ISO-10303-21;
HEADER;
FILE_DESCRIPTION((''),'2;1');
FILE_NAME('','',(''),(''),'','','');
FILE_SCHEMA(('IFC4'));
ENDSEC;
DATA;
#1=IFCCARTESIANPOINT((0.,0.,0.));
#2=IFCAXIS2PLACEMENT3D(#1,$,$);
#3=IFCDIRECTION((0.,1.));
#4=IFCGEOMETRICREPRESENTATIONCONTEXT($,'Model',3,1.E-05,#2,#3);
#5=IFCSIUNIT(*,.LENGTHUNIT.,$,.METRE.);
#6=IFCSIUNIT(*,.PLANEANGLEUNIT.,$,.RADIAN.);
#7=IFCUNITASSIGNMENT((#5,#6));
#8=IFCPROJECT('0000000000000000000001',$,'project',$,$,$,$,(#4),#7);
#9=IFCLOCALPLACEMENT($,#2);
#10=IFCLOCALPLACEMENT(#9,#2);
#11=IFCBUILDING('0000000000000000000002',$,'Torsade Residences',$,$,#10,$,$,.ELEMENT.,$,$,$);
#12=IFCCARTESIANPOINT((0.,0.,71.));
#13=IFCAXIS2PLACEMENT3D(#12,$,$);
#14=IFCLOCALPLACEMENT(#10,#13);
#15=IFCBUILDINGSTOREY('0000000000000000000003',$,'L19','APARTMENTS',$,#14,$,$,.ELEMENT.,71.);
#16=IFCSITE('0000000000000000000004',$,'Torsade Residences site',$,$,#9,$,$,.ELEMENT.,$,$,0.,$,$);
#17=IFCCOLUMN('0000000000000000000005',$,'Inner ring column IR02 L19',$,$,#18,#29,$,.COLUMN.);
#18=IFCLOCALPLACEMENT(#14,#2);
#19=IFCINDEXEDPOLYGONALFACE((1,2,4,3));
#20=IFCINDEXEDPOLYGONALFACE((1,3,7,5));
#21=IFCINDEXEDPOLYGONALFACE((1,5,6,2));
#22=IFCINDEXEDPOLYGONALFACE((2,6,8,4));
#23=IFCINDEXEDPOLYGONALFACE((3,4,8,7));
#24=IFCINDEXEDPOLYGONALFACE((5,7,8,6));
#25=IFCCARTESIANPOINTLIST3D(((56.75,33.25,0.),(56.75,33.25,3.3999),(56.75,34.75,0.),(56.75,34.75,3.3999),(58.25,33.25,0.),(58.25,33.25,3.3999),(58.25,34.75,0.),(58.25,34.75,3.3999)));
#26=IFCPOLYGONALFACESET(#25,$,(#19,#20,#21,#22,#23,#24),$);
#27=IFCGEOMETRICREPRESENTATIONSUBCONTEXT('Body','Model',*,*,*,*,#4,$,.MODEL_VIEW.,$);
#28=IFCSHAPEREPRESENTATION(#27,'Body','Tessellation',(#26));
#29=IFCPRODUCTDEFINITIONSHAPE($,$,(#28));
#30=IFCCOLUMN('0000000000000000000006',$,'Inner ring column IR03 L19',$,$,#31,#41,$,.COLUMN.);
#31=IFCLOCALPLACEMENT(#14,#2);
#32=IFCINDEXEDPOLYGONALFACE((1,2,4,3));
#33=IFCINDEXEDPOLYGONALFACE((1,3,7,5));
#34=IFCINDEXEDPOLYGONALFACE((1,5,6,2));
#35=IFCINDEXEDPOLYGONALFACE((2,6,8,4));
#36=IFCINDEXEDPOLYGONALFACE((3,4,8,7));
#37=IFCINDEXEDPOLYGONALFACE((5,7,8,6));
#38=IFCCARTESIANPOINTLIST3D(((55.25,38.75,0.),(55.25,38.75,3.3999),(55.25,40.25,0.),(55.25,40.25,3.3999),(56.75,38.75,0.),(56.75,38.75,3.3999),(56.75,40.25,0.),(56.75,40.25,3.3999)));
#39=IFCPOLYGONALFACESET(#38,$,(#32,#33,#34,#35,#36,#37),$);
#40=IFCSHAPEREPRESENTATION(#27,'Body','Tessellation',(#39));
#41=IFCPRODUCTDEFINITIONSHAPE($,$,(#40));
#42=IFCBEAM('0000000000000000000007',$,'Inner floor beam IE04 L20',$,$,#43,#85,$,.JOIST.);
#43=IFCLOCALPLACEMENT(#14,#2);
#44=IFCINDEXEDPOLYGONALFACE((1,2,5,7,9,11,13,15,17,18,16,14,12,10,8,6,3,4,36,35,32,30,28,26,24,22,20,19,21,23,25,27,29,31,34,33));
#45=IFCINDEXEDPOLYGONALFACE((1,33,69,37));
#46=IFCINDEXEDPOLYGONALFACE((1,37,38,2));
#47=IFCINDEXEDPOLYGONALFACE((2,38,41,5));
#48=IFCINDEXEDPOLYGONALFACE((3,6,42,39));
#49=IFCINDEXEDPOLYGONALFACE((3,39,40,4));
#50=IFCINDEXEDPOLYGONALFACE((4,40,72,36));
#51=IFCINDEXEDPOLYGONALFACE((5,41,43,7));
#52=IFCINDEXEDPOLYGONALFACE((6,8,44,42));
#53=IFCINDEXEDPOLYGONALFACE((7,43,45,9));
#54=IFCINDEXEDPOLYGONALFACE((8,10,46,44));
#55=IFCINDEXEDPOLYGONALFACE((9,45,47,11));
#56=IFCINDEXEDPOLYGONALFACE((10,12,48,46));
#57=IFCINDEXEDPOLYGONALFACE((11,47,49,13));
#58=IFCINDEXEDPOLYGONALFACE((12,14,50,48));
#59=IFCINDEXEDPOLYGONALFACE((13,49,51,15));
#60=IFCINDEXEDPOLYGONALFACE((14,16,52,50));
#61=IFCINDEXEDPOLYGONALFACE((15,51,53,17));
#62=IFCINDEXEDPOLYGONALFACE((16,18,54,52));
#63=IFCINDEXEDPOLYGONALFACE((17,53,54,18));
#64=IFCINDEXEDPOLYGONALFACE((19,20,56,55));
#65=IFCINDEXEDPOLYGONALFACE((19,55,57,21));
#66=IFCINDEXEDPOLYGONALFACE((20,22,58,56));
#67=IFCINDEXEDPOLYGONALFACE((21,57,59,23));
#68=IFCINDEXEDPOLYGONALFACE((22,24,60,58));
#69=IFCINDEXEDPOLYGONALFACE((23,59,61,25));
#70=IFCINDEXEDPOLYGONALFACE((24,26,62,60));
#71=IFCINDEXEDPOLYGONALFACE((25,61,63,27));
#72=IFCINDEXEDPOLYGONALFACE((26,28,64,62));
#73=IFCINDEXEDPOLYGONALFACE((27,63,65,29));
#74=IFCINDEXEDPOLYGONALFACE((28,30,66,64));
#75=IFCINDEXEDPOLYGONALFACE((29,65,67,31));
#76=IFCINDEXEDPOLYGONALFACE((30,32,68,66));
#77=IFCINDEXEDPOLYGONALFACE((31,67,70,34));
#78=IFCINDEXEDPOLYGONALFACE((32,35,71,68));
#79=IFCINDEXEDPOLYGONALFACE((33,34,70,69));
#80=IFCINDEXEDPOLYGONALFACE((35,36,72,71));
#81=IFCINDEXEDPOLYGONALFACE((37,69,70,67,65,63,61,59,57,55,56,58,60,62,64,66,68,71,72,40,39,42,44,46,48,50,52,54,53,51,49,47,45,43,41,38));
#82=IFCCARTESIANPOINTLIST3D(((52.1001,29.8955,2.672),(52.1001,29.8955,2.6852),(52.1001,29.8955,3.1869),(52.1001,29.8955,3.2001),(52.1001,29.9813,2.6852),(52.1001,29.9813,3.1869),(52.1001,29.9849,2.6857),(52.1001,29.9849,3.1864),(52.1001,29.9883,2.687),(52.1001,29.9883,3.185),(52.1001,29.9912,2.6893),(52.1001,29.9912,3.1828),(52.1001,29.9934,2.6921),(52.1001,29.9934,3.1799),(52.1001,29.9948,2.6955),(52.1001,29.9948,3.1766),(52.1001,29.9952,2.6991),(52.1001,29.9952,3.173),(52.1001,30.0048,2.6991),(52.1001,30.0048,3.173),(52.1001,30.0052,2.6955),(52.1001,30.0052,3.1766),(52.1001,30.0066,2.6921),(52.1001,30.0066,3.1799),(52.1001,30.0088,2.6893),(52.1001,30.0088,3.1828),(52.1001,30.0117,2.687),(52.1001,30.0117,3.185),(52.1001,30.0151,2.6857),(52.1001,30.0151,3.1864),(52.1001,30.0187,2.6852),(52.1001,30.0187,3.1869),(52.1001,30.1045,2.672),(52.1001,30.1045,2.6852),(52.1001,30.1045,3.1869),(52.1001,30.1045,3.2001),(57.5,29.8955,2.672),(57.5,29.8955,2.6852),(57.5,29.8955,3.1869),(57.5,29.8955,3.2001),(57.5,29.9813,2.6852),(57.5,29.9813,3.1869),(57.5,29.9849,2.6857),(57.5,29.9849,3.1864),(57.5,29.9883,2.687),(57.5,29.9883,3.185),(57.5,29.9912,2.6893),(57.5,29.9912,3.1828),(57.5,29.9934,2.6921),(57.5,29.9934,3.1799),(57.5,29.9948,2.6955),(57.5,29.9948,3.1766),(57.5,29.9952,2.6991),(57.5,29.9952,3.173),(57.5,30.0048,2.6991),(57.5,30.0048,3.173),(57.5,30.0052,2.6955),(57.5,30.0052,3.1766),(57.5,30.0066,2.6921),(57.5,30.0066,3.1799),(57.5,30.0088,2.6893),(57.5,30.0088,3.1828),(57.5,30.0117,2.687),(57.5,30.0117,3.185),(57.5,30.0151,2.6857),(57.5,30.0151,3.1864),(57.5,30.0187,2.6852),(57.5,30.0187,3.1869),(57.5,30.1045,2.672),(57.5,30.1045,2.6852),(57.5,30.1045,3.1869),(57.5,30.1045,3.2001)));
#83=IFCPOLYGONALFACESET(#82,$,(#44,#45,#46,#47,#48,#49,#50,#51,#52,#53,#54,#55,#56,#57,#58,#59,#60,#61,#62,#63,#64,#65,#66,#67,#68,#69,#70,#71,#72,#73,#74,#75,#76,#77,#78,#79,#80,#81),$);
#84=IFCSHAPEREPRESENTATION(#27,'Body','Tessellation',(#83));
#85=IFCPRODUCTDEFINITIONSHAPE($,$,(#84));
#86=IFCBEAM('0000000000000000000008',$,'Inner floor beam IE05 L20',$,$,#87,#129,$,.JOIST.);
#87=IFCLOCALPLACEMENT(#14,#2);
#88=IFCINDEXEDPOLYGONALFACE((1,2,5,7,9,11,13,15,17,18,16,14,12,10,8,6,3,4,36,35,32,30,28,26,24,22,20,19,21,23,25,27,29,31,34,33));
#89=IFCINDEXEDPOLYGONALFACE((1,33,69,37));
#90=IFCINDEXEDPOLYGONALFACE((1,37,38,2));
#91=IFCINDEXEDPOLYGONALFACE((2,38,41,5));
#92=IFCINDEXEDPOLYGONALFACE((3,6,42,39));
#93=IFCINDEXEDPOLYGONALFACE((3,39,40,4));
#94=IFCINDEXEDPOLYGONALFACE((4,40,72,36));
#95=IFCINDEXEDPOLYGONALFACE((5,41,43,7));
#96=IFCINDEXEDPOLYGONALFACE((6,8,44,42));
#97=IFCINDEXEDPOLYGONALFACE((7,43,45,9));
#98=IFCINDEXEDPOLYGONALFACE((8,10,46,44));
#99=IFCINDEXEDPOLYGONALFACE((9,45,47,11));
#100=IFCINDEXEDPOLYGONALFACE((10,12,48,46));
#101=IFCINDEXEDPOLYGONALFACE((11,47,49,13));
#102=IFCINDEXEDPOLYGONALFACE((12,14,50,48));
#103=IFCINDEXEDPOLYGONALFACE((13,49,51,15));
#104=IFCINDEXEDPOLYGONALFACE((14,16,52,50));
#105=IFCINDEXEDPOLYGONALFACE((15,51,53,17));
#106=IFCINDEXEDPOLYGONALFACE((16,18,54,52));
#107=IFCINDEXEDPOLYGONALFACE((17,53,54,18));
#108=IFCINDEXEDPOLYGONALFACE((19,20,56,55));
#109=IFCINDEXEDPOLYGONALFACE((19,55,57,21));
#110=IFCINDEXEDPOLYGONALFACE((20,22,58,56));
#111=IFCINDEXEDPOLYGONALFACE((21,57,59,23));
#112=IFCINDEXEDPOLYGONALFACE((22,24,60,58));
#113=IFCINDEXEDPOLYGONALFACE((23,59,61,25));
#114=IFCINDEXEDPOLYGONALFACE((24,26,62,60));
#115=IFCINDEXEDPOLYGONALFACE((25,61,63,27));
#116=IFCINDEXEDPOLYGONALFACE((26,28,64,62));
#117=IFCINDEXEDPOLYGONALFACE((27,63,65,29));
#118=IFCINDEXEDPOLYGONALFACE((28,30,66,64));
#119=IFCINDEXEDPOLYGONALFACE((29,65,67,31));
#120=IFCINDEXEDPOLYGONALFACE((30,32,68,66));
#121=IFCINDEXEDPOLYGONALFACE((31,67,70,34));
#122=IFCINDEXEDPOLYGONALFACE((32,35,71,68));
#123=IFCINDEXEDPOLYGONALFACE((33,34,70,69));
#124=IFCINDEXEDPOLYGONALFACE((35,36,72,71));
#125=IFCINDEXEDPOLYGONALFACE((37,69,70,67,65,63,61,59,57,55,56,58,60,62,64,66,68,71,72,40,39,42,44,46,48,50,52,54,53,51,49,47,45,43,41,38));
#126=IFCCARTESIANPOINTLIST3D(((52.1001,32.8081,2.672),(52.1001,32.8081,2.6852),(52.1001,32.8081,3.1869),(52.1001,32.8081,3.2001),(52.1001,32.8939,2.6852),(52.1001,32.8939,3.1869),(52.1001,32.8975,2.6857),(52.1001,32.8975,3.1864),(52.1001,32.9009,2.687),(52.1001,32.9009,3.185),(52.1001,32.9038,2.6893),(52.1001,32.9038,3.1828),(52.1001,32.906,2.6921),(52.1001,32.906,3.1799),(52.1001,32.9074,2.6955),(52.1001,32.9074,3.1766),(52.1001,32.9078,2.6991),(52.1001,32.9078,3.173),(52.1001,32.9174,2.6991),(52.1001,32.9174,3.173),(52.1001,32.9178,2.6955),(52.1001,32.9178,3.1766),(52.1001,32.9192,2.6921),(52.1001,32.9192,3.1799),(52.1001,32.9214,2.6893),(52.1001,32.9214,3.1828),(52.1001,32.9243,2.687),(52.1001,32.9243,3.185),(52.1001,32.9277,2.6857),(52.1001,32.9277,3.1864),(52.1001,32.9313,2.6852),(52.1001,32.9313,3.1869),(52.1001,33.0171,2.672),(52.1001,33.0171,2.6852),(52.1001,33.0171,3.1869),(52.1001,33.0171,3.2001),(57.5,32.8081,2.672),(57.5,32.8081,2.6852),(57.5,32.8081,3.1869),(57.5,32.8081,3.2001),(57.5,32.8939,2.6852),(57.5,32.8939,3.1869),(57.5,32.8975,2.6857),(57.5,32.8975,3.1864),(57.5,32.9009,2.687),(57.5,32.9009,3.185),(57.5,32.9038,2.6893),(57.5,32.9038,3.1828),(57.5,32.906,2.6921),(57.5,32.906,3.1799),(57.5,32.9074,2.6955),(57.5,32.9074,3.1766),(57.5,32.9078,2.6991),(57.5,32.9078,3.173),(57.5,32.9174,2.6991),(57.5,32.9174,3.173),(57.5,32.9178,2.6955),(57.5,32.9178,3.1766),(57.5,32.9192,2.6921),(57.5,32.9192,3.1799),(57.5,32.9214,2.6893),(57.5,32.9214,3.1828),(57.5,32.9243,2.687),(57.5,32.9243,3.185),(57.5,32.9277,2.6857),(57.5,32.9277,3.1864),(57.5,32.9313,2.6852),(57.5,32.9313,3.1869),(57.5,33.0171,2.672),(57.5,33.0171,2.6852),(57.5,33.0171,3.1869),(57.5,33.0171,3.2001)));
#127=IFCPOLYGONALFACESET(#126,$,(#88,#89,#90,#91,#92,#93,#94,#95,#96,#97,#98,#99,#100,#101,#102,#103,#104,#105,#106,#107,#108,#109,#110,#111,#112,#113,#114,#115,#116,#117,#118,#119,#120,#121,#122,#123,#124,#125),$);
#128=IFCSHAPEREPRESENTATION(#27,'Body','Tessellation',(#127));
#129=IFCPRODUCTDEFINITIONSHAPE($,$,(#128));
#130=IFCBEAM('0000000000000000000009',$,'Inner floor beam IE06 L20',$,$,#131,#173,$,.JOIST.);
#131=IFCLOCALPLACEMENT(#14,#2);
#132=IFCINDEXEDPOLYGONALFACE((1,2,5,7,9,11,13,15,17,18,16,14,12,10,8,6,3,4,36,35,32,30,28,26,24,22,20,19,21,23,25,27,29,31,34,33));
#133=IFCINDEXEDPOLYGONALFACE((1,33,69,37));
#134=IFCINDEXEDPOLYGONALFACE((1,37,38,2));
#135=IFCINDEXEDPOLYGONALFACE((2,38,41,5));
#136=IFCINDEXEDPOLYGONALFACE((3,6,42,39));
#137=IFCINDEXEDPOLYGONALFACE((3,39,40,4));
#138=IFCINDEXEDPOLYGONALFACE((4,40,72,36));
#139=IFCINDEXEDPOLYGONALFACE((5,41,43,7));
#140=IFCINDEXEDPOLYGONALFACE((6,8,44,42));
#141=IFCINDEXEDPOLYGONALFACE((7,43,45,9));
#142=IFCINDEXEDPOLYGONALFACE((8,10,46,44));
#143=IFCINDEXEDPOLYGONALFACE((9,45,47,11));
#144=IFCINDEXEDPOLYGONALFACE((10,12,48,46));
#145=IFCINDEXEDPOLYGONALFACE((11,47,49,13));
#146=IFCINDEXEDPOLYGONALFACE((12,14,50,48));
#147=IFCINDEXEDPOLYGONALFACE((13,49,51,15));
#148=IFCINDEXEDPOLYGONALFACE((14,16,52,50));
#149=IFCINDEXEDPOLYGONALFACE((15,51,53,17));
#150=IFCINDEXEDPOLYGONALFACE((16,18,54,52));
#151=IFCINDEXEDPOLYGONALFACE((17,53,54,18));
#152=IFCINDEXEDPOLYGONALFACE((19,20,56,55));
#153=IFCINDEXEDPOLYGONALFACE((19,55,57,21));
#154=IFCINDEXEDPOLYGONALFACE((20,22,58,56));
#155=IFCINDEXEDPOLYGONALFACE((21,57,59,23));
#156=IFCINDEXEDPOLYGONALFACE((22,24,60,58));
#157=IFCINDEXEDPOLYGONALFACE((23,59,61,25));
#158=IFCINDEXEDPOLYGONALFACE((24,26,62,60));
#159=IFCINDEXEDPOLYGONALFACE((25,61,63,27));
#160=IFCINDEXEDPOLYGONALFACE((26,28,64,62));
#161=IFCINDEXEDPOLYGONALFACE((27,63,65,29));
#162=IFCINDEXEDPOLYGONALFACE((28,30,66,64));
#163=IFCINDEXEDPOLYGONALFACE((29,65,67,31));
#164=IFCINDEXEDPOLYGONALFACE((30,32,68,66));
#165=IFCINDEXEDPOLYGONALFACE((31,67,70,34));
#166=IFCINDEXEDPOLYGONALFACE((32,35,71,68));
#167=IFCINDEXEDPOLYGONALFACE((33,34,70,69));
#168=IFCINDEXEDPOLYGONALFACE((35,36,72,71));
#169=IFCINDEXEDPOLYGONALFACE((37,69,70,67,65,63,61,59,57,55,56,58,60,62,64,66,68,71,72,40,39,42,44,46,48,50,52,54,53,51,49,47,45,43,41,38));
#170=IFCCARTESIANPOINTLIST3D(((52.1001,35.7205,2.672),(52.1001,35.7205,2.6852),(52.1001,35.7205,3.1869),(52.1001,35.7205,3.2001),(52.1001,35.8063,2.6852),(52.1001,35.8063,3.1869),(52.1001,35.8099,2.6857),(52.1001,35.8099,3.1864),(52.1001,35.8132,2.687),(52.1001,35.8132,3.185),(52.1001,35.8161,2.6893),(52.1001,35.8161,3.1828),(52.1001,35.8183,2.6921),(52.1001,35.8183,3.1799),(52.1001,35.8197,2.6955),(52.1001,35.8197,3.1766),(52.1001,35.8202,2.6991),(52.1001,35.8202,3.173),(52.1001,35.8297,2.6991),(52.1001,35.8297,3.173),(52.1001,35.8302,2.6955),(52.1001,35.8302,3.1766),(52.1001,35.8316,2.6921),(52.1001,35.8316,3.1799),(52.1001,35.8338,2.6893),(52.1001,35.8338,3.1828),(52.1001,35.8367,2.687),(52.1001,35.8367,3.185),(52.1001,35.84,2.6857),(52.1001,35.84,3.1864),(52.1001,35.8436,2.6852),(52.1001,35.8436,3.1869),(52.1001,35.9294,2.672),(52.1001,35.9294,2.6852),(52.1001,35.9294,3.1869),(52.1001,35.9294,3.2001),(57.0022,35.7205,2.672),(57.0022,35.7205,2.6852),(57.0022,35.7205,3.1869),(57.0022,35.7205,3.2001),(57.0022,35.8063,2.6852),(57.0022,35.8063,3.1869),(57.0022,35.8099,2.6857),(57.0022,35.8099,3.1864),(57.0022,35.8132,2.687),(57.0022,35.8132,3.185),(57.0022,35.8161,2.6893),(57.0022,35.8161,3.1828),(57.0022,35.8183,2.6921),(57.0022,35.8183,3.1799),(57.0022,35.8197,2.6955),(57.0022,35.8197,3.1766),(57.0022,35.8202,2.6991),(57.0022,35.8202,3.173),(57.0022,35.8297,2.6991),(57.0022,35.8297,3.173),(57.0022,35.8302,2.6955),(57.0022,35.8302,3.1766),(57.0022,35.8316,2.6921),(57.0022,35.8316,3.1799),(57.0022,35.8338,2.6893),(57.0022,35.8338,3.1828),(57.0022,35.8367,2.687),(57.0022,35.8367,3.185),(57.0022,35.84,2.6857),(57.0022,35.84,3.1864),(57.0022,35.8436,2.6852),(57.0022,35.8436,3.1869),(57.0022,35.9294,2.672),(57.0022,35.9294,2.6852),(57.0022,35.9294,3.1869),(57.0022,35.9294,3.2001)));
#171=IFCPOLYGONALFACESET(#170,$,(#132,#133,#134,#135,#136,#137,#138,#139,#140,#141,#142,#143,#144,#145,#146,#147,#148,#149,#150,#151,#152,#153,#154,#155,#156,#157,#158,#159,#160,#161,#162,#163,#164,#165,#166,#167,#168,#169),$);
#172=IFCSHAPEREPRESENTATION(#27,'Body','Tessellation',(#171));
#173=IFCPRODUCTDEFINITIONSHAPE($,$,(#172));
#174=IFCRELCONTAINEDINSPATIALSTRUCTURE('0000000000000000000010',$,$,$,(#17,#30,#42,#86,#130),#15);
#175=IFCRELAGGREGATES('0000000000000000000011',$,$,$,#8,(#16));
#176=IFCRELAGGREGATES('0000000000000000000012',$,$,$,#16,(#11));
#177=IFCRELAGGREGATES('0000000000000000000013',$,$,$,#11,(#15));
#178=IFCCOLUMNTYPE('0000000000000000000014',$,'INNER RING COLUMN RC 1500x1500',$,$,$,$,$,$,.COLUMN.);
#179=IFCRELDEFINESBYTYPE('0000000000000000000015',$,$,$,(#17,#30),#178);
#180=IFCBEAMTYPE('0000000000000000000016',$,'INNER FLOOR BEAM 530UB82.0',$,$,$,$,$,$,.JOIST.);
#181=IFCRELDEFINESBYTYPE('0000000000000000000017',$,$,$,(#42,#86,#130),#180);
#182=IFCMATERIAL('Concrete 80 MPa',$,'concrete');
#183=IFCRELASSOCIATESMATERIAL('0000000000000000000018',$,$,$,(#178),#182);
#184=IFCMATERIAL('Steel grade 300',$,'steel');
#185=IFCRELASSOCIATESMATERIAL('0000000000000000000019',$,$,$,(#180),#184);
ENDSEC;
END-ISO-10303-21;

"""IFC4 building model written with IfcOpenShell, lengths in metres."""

from ifc_helpers import new_model, si_unit, direction, frame, origin, origin_2d, place, context, subcontext, project, spatial, rectangle, i_section, extrude, material, material_profile, profile_set, type_object, element, save


model = new_model("IFC4")

# Units and contexts
model_context = context("Model", 3, precision=1e-05, world=origin(), true_north=direction((0.0, 1.0)))
body_context = subcontext(model_context, "Body", "Model", "MODEL_VIEW")
ifc_project = project(units=[si_unit("LENGTHUNIT", "METRE"), si_unit("PLANEANGLEUNIT", "RADIAN")], contexts=[model_context])

# Site, building, storey
site_placement = place(None, origin())
site = spatial("IfcSite", under=ifc_project, at=site_placement, Name="Torsade Residences site", CompositionType="ELEMENT", RefElevation=0.0)
building_placement = place(site_placement, origin())
building = spatial("IfcBuilding", under=site, at=building_placement, Name="Torsade Residences", CompositionType="ELEMENT")
storey_placement = place(building_placement, frame((0.0, 0.0, 71.0)))
storey = spatial("IfcBuildingStorey", under=building, at=storey_placement, Name="L19", Description="APARTMENTS", CompositionType="ELEMENT", Elevation=71.0)

# Columns
ifc_material_1 = material(Name="Concrete 80 MPa", Category="concrete")
ifc_material_profile_1 = material_profile(ifc_material_1, rectangle(XDim=1.5, YDim=1.5, at=origin_2d()), Name="RC 1500x1500")
ifc_profile_set_1 = profile_set([ifc_material_profile_1], Name="Concrete 80 MPa")
column_type = type_object("IfcColumnType", Name="INNER RING COLUMN RC 1500x1500", PredefinedType="COLUMN", material=ifc_profile_set_1)
for number, where, z_axis, x_axis, name in (
    (1, (57.5, 34.0, 0.0), (0.0, 0.0, 1.0), (1.0, 0.0, 0.0), "Inner ring column IR02 L19"),
    (2, (56.0, 39.5, 0.0), (0.0, 0.0, 1.0), (1.0, 0.0, 0.0), "Inner ring column IR03 L19"),
):
    element("IfcColumn", number, at=place(storey_placement, frame(where, z_axis=z_axis, x_axis=x_axis)), inside=storey, type_object=column_type, Name=name, PredefinedType="COLUMN", context=body_context, shape_type="SweptSolid", body=[
        extrude(rectangle(XDim=1.5, YDim=1.5, at=origin_2d()), origin(), (0.0, 0.0, 1.0), 3.3999),
    ])

# Beams
ifc_material_2 = material(Name="Steel grade 300", Category="steel")
ifc_material_profile_2 = material_profile(ifc_material_2, i_section(OverallWidth=0.209, OverallDepth=0.5281, WebThickness=0.0095, FlangeThickness=0.0132, FilletRadius=0.0139, at=origin_2d()), Name="530UB82.0")
ifc_profile_set_2 = profile_set([ifc_material_profile_2], Name="Steel grade 300")
beam_type_1 = type_object("IfcBeamType", Name="INNER FLOOR BEAM 530UB82.0", PredefinedType="JOIST", material=ifc_profile_set_2)
for number, where, z_axis, x_axis, name in (
    (3, (52.1001, 30.0, 2.936), (1.0, 0.0, 0.0), (0.0, 1.0, 0.0), "Inner floor beam IE04 L20"),
    (4, (52.1001, 32.9126, 2.936), (1.0, 0.0, 0.0), (0.0, 1.0, 0.0), "Inner floor beam IE05 L20"),
):
    element("IfcBeam", number, at=place(storey_placement, frame(where, z_axis=z_axis, x_axis=x_axis)), inside=storey, type_object=beam_type_1, Name=name, PredefinedType="JOIST", context=body_context, shape_type="SweptSolid", body=[
        extrude(i_section(OverallWidth=0.209, OverallDepth=0.5281, WebThickness=0.0095, FlangeThickness=0.0132, FilletRadius=0.0139, at=origin_2d()), origin(), (0.0, 0.0, 1.0), 5.3999),
    ])
beam_1_placement = place(storey_placement, frame((52.1001, 35.825, 2.936), z_axis=(1.0, 0.0, 0.0), x_axis=(0.0, 1.0, 0.0)))
element("IfcBeam", 5, at=beam_1_placement, inside=storey, type_object=beam_type_1, Name="Inner floor beam IE06 L20", PredefinedType="JOIST", context=body_context, shape_type="SweptSolid", body=[
    extrude(i_section(OverallWidth=0.209, OverallDepth=0.5281, WebThickness=0.0095, FlangeThickness=0.0132, FilletRadius=0.0139, at=origin_2d()), origin(), (0.0, 0.0, 1.0), 4.9021),
])

save(model, "model.ifc")
